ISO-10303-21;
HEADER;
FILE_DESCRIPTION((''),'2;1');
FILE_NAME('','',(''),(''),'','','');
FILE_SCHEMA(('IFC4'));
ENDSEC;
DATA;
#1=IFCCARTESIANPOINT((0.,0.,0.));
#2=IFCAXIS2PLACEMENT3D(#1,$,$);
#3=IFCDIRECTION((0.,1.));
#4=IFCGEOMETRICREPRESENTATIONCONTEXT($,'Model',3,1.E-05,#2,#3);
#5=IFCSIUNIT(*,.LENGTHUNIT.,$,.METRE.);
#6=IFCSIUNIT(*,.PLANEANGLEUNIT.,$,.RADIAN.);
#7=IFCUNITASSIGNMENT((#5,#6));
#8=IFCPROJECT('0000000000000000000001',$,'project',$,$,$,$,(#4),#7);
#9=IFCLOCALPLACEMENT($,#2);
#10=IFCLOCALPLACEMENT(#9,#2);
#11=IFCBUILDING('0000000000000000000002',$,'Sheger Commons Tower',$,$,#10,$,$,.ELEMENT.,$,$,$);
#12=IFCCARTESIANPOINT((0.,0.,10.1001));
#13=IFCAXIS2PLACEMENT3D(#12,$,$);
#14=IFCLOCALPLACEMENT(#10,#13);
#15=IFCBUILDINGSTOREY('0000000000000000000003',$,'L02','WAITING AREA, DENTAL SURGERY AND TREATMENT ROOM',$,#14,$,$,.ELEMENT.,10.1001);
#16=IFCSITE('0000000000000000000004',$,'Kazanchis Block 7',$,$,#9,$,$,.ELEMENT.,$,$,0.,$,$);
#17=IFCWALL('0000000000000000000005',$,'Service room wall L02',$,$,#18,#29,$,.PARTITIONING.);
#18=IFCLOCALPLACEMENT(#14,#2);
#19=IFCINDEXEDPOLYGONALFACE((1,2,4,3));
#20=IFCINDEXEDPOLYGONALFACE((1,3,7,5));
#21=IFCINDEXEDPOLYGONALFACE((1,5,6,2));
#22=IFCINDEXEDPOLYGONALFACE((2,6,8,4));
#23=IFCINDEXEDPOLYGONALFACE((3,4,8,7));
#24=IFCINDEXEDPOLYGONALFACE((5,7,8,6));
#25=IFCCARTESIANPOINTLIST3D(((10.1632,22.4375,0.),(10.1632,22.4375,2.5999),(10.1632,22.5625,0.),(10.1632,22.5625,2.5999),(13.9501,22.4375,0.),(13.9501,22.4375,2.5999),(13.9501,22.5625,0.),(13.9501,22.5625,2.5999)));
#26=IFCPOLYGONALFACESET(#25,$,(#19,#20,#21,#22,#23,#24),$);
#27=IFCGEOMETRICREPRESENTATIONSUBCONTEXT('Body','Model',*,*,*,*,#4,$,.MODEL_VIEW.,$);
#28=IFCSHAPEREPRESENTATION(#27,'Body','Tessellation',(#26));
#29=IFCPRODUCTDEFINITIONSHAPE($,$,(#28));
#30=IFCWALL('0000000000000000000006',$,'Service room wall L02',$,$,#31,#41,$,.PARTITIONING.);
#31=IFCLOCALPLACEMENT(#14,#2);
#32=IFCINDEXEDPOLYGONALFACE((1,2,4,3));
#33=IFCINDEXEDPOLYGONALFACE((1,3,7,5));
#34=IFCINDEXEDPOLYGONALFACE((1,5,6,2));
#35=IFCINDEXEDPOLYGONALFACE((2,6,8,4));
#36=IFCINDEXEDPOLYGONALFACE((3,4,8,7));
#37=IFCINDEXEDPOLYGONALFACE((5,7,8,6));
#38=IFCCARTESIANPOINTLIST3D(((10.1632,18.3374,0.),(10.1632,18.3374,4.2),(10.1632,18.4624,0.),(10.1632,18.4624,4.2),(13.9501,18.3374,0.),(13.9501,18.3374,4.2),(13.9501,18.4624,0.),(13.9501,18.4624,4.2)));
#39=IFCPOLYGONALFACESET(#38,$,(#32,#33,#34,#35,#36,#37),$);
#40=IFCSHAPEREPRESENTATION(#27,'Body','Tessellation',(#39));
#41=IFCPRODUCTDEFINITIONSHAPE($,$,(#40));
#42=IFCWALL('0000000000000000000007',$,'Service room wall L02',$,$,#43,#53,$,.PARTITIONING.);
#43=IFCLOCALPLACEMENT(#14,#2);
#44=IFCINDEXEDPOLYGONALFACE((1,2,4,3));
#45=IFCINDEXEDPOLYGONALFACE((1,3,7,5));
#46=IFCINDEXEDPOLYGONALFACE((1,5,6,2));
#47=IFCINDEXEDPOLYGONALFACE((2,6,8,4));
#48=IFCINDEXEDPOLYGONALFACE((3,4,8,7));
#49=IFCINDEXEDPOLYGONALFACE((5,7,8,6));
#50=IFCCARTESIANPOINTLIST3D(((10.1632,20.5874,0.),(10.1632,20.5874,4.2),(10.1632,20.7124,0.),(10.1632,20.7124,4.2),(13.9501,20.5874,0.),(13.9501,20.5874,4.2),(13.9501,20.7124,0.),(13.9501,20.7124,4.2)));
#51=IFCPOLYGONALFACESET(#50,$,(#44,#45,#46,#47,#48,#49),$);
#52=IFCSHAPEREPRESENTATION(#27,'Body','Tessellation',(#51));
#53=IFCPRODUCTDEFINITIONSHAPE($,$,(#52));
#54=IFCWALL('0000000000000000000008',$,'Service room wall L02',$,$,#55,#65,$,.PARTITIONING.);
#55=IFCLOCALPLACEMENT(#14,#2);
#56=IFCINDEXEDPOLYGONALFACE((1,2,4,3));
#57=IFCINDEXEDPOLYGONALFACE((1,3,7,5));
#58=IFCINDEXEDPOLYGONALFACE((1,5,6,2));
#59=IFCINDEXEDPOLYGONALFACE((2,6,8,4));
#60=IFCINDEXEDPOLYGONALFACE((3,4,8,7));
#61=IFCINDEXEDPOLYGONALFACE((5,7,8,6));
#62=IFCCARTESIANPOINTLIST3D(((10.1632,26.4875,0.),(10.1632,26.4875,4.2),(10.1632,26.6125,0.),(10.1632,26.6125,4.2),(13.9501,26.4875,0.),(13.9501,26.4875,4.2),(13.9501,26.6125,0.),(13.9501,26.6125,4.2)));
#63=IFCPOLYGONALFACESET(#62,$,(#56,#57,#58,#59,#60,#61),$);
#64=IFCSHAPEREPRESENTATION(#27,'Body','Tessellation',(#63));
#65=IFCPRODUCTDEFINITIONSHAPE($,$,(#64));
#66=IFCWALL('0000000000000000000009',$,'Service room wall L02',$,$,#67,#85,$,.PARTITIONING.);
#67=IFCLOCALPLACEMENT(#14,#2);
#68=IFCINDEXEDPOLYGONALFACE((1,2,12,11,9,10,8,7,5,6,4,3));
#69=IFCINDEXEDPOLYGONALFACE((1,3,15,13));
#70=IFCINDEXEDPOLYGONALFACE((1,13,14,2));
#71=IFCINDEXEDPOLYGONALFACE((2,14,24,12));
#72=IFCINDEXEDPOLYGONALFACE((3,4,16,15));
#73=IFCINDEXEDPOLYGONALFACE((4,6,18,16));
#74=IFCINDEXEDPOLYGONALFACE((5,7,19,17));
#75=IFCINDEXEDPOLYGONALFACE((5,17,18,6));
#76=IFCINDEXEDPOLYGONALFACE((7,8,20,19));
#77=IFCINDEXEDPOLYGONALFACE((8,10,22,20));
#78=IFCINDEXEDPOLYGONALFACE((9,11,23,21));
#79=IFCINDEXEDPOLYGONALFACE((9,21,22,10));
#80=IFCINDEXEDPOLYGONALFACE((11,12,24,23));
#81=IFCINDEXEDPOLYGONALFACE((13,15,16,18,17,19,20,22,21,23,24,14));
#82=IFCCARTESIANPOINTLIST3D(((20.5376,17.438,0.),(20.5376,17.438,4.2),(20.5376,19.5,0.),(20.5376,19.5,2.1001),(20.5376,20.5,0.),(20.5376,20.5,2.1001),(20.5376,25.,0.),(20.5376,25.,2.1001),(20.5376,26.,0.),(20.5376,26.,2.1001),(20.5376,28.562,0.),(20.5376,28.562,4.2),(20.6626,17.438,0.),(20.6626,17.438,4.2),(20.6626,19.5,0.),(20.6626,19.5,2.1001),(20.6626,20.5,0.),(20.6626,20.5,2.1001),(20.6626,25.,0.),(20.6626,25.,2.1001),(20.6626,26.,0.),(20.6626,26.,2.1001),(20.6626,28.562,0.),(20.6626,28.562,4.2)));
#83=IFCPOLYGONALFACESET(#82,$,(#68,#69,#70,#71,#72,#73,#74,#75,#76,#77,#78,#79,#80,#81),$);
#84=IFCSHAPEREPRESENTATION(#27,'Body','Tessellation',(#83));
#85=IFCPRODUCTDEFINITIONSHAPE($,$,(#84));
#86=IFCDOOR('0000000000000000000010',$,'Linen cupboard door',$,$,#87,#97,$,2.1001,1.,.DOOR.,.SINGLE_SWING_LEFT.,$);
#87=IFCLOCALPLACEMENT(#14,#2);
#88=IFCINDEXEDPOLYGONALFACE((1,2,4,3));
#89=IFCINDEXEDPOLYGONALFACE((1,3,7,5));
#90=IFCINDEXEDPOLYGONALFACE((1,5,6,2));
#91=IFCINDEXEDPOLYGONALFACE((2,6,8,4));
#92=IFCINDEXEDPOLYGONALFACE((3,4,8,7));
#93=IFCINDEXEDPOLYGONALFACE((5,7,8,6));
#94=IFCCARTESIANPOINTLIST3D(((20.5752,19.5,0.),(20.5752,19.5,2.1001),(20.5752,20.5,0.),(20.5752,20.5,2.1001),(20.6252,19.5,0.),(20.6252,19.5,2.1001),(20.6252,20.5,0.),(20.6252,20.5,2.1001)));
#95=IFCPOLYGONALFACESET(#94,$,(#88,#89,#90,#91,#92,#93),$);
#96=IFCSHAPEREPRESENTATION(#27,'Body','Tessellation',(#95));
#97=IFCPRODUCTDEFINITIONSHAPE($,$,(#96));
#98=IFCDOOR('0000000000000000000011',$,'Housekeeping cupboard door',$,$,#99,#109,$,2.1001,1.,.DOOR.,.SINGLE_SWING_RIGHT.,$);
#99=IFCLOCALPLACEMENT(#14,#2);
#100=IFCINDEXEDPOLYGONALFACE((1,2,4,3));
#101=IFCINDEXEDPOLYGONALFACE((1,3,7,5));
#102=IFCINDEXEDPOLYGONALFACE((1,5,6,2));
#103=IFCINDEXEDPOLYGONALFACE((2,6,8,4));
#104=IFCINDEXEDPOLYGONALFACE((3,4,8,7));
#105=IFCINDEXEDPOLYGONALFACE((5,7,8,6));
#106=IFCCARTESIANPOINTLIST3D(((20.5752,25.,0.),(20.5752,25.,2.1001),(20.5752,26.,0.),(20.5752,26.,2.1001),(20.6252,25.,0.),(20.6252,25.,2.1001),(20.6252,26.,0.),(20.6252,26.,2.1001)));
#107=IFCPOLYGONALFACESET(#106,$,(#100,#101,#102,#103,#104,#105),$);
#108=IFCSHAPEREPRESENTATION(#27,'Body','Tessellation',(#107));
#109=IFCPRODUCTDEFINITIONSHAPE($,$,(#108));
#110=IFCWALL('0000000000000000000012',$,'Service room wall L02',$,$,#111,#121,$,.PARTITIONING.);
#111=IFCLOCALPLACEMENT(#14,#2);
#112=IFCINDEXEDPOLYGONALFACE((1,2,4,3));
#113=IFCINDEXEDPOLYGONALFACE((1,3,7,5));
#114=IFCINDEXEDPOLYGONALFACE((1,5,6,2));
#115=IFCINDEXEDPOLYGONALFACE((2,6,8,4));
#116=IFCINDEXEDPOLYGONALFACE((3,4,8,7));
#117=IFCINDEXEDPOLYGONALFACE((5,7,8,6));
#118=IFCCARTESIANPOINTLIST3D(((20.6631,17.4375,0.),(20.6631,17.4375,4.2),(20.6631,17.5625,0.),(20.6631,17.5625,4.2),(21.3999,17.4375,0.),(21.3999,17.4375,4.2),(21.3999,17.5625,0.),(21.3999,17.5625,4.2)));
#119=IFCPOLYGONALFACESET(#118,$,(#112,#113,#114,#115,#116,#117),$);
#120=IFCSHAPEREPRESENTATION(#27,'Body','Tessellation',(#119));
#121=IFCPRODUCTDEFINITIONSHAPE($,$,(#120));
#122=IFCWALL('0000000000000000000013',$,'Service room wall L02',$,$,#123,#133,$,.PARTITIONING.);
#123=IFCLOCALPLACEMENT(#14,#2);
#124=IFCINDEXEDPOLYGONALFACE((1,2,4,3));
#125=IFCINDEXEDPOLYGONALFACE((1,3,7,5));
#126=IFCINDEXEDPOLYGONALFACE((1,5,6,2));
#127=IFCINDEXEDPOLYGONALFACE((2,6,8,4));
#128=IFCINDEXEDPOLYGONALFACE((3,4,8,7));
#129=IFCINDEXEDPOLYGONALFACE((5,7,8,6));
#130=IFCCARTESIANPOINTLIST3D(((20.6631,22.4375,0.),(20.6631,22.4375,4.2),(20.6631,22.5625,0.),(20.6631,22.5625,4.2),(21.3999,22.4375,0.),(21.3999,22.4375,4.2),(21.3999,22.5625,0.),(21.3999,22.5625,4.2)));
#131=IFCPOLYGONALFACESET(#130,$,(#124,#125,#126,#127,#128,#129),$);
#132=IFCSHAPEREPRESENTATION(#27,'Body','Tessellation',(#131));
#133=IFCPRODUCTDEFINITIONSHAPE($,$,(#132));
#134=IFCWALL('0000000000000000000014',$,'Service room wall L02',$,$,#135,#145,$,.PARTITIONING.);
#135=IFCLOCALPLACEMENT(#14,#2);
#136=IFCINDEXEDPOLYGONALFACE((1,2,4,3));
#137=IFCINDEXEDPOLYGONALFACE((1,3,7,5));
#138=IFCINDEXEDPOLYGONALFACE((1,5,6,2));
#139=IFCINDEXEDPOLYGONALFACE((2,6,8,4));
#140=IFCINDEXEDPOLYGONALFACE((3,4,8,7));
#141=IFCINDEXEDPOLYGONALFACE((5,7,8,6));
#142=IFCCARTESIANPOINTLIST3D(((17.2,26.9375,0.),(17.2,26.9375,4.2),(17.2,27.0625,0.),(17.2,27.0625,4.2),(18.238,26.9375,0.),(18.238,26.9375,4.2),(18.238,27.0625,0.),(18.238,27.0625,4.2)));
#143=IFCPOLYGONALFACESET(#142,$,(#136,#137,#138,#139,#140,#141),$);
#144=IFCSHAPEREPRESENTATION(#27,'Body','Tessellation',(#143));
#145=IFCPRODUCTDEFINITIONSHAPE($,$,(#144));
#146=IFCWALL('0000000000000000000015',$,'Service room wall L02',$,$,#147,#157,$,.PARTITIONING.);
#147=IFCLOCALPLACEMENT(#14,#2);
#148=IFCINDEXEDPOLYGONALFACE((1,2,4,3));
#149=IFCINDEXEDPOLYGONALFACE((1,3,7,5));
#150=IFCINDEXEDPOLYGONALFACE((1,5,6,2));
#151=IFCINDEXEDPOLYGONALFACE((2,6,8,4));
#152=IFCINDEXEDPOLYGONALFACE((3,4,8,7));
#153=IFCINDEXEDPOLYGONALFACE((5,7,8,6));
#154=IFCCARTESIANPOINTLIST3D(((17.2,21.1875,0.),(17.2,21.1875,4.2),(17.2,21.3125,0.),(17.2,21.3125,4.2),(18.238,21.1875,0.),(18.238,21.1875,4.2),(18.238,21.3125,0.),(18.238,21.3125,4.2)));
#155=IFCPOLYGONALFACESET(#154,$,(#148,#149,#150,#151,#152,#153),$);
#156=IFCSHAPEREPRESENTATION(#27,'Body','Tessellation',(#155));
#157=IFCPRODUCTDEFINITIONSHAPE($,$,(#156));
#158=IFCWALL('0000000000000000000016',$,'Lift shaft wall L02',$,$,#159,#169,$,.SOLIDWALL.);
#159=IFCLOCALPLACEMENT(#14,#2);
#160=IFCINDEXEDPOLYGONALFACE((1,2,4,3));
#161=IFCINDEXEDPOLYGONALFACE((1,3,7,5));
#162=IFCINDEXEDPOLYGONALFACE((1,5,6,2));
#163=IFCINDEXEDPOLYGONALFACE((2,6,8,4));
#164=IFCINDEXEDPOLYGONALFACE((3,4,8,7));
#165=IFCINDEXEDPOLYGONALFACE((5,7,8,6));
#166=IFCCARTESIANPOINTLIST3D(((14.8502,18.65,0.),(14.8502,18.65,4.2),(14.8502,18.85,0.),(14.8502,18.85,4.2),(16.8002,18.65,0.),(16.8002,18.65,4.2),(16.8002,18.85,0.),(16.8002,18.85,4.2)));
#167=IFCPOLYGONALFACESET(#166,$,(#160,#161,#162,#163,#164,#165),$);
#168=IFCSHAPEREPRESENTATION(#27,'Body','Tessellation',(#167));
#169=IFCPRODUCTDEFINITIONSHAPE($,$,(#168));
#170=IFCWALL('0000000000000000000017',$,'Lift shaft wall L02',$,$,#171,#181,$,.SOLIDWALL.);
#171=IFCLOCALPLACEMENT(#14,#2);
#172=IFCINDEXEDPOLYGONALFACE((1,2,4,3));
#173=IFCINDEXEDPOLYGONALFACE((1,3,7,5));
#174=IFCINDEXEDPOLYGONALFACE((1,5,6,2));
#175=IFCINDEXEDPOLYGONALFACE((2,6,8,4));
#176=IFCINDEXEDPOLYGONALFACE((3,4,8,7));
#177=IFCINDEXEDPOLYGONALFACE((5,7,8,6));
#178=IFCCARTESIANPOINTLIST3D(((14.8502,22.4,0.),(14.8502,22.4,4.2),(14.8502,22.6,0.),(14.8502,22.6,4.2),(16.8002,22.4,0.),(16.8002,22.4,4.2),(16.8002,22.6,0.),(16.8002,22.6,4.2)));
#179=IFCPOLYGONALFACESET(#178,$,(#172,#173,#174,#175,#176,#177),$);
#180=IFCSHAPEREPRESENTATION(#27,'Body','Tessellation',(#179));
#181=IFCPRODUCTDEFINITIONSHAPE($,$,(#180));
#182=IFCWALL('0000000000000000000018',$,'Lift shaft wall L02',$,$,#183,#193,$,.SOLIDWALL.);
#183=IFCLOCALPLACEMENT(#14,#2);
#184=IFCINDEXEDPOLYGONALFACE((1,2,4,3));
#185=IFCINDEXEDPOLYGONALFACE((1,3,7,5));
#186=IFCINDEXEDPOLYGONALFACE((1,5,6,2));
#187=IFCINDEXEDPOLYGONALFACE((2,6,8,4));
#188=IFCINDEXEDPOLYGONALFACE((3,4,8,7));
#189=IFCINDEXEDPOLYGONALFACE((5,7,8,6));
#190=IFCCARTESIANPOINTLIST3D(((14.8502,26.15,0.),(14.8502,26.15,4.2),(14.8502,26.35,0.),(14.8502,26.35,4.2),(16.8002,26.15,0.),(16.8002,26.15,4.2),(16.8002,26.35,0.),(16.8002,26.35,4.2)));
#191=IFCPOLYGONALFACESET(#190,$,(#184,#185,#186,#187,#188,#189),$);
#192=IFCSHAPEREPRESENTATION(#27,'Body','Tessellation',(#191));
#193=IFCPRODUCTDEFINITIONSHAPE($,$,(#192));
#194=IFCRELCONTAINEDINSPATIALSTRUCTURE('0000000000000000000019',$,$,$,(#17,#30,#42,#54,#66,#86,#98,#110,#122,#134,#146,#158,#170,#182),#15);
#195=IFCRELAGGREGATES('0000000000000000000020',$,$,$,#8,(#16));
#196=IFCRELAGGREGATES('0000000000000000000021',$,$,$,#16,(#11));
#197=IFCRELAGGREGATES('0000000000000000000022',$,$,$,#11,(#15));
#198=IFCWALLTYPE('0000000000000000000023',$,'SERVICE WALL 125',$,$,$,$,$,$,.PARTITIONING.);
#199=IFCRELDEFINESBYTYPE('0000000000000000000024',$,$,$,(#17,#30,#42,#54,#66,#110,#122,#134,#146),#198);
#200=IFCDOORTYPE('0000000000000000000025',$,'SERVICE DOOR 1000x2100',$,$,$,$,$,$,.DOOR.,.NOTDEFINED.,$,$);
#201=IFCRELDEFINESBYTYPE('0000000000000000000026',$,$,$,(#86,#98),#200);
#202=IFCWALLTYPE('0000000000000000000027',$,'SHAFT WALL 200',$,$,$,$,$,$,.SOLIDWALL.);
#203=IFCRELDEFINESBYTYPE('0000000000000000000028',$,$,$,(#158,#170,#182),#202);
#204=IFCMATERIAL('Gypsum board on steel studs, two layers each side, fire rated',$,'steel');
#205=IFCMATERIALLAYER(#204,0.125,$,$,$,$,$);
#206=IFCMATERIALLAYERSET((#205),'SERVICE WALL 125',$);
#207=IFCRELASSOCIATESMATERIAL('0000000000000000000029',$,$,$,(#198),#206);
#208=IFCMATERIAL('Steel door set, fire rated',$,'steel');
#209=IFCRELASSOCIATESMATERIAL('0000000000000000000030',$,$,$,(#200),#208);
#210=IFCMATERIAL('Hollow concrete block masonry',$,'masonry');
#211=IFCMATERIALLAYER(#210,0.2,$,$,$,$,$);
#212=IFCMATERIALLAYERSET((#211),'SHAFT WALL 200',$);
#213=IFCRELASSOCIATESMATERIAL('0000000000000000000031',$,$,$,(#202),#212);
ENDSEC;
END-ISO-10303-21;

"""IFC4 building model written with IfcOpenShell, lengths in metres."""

from ifc_helpers import new_model, si_unit, direction, frame, frame_2d, origin, place, context, subcontext, project, spatial, rectangle, extrude, material, layer, layer_set, type_object, element, fill, save


model = new_model("IFC4")

# Units and contexts
model_context = context("Model", 3, precision=1e-05, world=origin(), true_north=direction((0.0, 1.0)))
body_context = subcontext(model_context, "Body", "Model", "MODEL_VIEW")
ifc_project = project(units=[si_unit("LENGTHUNIT", "METRE"), si_unit("PLANEANGLEUNIT", "RADIAN")], contexts=[model_context])

# Site, building, storey
site_placement = place(None, origin())
site = spatial("IfcSite", under=ifc_project, at=site_placement, Name="Kazanchis Block 7", CompositionType="ELEMENT", RefElevation=0.0)
building_placement = place(site_placement, origin())
building = spatial("IfcBuilding", under=site, at=building_placement, Name="Sheger Commons Tower", CompositionType="ELEMENT")
storey_placement = place(building_placement, frame((0.0, 0.0, 10.1001)))
storey = spatial("IfcBuildingStorey", under=building, at=storey_placement, Name="L02", Description="WAITING AREA, DENTAL SURGERY AND TREATMENT ROOM", CompositionType="ELEMENT", Elevation=10.1001)

# Walls
ifc_material_1 = material(Name="Gypsum board on steel studs, two layers each side, fire rated", Category="steel")
ifc_layer_1 = layer(ifc_material_1, 0.125)
ifc_layer_set_1 = layer_set([ifc_layer_1], Name="SERVICE WALL 125")
wall_type_1 = type_object("IfcWallType", Name="SERVICE WALL 125", PredefinedType="PARTITIONING", material=ifc_layer_set_1)
wall_1_placement = place(storey_placement, frame((10.1631, 22.5, 0.0), z_axis=(0.0, 0.0, 1.0), x_axis=(1.0, 0.0, 0.0)))
element("IfcWall", 1, at=wall_1_placement, inside=storey, type_object=wall_type_1, Name="Service room wall L02", PredefinedType="PARTITIONING", context=body_context, shape_type="SweptSolid", body=[
    extrude(rectangle(XDim=3.7869, YDim=0.125, at=frame_2d((1.8936, 0.0))), origin(), (0.0, 0.0, 1.0), 2.5999),
])
for number, where, z_axis, x_axis, name in (
    (2, (10.1631, 18.3999, 0.0), (0.0, 0.0, 1.0), (1.0, 0.0, 0.0), "Service room wall L02"),
    (3, (10.1631, 20.6499, 0.0), (0.0, 0.0, 1.0), (1.0, 0.0, 0.0), "Service room wall L02"),
    (4, (10.1631, 26.55, 0.0), (0.0, 0.0, 1.0), (1.0, 0.0, 0.0), "Service room wall L02"),
):
    element("IfcWall", number, at=place(storey_placement, frame(where, z_axis=z_axis, x_axis=x_axis)), inside=storey, type_object=wall_type_1, Name=name, PredefinedType="PARTITIONING", context=body_context, shape_type="SweptSolid", body=[
        extrude(rectangle(XDim=3.7869, YDim=0.125, at=frame_2d((1.8936, 0.0))), origin(), (0.0, 0.0, 1.0), 4.2),
    ])

# Wall, openings, doors
wall_2_placement = place(storey_placement, frame((20.6001, 17.438, 0.0), z_axis=(0.0, 0.0, 1.0), x_axis=(0.0, 1.0, 0.0)))
wall_2 = element("IfcWall", 5, at=wall_2_placement, inside=storey, type_object=wall_type_1, Name="Service room wall L02", PredefinedType="PARTITIONING", context=body_context, shape_type="SweptSolid", body=[
    extrude(rectangle(XDim=11.124, YDim=0.125, at=frame_2d((5.562, 0.0))), origin(), (0.0, 0.0, 1.0), 4.2),
])
opening_1_placement = place(wall_2_placement, frame((2.062, 0.0, 0.0)))
opening_1 = element("IfcOpeningElement", 6, at=opening_1_placement, cuts=wall_2, PredefinedType="OPENING", context=body_context, shape_type="SweptSolid", body=[
    extrude(rectangle(XDim=1.0, YDim=2.1001, at=frame_2d((0.5, 1.05))), frame((0.0, 0.0725, 0.0), z_axis=(0.0, -1.0, 0.0), x_axis=(1.0, 0.0, 0.0)), (0.0, 0.0, 1.0), 0.145),
])
opening_2_placement = place(wall_2_placement, frame((7.562, 0.0, 0.0)))
opening_2 = element("IfcOpeningElement", 7, at=opening_2_placement, cuts=wall_2, PredefinedType="OPENING", context=body_context, shape_type="SweptSolid", body=[
    extrude(rectangle(XDim=1.0, YDim=2.1001, at=frame_2d((0.5, 1.05))), frame((0.0, 0.0725, 0.0), z_axis=(0.0, -1.0, 0.0), x_axis=(1.0, 0.0, 0.0)), (0.0, 0.0, 1.0), 0.145),
])
ifc_material_2 = material(Name="Steel door set, fire rated", Category="steel")
door_type = type_object("IfcDoorType", Name="SERVICE DOOR 1000x2100", OperationType="NOTDEFINED", PredefinedType="DOOR", material=ifc_material_2)
door_1_placement = place(opening_1_placement, origin())
door_1 = element("IfcDoor", 8, at=door_1_placement, inside=storey, type_object=door_type, Name="Linen cupboard door", OperationType="SINGLE_SWING_LEFT", OverallHeight=2.1001, OverallWidth=1.0, PredefinedType="DOOR", context=body_context, shape_type="SweptSolid", body=[
    extrude(rectangle(XDim=1.0, YDim=2.1001, at=frame_2d((0.5, 1.05))), frame((0.0, 0.0249, 0.0), z_axis=(0.0, -1.0, 0.0), x_axis=(1.0, 0.0, 0.0)), (0.0, 0.0, 1.0), 0.05),
])
fill(opening_1, door_1)
door_2_placement = place(opening_2_placement, origin())
door_2 = element("IfcDoor", 9, at=door_2_placement, inside=storey, type_object=door_type, Name="Housekeeping cupboard door", OperationType="SINGLE_SWING_RIGHT", OverallHeight=2.1001, OverallWidth=1.0, PredefinedType="DOOR", context=body_context, shape_type="SweptSolid", body=[
    extrude(rectangle(XDim=1.0, YDim=2.1001, at=frame_2d((0.5, 1.05))), frame((0.0, 0.0249, 0.0), z_axis=(0.0, -1.0, 0.0), x_axis=(1.0, 0.0, 0.0)), (0.0, 0.0, 1.0), 0.05),
])
fill(opening_2, door_2)

# Walls
for number, where, z_axis, x_axis, name in (
    (10, (20.6631, 17.5, 0.0), (0.0, 0.0, 1.0), (1.0, 0.0, 0.0), "Service room wall L02"),
    (11, (20.6631, 22.5, 0.0), (0.0, 0.0, 1.0), (1.0, 0.0, 0.0), "Service room wall L02"),
):
    element("IfcWall", number, at=place(storey_placement, frame(where, z_axis=z_axis, x_axis=x_axis)), inside=storey, type_object=wall_type_1, Name=name, PredefinedType="PARTITIONING", context=body_context, shape_type="SweptSolid", body=[
        extrude(rectangle(XDim=0.7368, YDim=0.125, at=frame_2d((0.3684, 0.0))), origin(), (0.0, 0.0, 1.0), 4.2),
    ])
for number, where, z_axis, x_axis, name in (
    (12, (17.2, 27.0, 0.0), (0.0, 0.0, 1.0), (1.0, 0.0, 0.0), "Service room wall L02"),
    (13, (17.2, 21.25, 0.0), (0.0, 0.0, 1.0), (1.0, 0.0, 0.0), "Service room wall L02"),
):
    element("IfcWall", number, at=place(storey_placement, frame(where, z_axis=z_axis, x_axis=x_axis)), inside=storey, type_object=wall_type_1, Name=name, PredefinedType="PARTITIONING", context=body_context, shape_type="SweptSolid", body=[
        extrude(rectangle(XDim=1.0381, YDim=0.125, at=frame_2d((0.519, 0.0))), origin(), (0.0, 0.0, 1.0), 4.2),
    ])
ifc_material_3 = material(Name="Hollow concrete block masonry", Category="masonry")
ifc_layer_2 = layer(ifc_material_3, 0.2)
ifc_layer_set_2 = layer_set([ifc_layer_2], Name="SHAFT WALL 200")
wall_type_2 = type_object("IfcWallType", Name="SHAFT WALL 200", PredefinedType="SOLIDWALL", material=ifc_layer_set_2)
for number, where, z_axis, x_axis, name in (
    (14, (14.8501, 18.75, 0.0), (0.0, 0.0, 1.0), (1.0, 0.0, 0.0), "Lift shaft wall L02"),
    (15, (14.8501, 22.5, 0.0), (0.0, 0.0, 1.0), (1.0, 0.0, 0.0), "Lift shaft wall L02"),
    (16, (14.8501, 26.25, 0.0), (0.0, 0.0, 1.0), (1.0, 0.0, 0.0), "Lift shaft wall L02"),
):
    element("IfcWall", number, at=place(storey_placement, frame(where, z_axis=z_axis, x_axis=x_axis)), inside=storey, type_object=wall_type_2, Name=name, PredefinedType="SOLIDWALL", context=body_context, shape_type="SweptSolid", body=[
        extrude(rectangle(XDim=1.95, YDim=0.2, at=frame_2d((0.9751, 0.0))), origin(), (0.0, 0.0, 1.0), 4.2),
    ])

save(model, "model.ifc")
